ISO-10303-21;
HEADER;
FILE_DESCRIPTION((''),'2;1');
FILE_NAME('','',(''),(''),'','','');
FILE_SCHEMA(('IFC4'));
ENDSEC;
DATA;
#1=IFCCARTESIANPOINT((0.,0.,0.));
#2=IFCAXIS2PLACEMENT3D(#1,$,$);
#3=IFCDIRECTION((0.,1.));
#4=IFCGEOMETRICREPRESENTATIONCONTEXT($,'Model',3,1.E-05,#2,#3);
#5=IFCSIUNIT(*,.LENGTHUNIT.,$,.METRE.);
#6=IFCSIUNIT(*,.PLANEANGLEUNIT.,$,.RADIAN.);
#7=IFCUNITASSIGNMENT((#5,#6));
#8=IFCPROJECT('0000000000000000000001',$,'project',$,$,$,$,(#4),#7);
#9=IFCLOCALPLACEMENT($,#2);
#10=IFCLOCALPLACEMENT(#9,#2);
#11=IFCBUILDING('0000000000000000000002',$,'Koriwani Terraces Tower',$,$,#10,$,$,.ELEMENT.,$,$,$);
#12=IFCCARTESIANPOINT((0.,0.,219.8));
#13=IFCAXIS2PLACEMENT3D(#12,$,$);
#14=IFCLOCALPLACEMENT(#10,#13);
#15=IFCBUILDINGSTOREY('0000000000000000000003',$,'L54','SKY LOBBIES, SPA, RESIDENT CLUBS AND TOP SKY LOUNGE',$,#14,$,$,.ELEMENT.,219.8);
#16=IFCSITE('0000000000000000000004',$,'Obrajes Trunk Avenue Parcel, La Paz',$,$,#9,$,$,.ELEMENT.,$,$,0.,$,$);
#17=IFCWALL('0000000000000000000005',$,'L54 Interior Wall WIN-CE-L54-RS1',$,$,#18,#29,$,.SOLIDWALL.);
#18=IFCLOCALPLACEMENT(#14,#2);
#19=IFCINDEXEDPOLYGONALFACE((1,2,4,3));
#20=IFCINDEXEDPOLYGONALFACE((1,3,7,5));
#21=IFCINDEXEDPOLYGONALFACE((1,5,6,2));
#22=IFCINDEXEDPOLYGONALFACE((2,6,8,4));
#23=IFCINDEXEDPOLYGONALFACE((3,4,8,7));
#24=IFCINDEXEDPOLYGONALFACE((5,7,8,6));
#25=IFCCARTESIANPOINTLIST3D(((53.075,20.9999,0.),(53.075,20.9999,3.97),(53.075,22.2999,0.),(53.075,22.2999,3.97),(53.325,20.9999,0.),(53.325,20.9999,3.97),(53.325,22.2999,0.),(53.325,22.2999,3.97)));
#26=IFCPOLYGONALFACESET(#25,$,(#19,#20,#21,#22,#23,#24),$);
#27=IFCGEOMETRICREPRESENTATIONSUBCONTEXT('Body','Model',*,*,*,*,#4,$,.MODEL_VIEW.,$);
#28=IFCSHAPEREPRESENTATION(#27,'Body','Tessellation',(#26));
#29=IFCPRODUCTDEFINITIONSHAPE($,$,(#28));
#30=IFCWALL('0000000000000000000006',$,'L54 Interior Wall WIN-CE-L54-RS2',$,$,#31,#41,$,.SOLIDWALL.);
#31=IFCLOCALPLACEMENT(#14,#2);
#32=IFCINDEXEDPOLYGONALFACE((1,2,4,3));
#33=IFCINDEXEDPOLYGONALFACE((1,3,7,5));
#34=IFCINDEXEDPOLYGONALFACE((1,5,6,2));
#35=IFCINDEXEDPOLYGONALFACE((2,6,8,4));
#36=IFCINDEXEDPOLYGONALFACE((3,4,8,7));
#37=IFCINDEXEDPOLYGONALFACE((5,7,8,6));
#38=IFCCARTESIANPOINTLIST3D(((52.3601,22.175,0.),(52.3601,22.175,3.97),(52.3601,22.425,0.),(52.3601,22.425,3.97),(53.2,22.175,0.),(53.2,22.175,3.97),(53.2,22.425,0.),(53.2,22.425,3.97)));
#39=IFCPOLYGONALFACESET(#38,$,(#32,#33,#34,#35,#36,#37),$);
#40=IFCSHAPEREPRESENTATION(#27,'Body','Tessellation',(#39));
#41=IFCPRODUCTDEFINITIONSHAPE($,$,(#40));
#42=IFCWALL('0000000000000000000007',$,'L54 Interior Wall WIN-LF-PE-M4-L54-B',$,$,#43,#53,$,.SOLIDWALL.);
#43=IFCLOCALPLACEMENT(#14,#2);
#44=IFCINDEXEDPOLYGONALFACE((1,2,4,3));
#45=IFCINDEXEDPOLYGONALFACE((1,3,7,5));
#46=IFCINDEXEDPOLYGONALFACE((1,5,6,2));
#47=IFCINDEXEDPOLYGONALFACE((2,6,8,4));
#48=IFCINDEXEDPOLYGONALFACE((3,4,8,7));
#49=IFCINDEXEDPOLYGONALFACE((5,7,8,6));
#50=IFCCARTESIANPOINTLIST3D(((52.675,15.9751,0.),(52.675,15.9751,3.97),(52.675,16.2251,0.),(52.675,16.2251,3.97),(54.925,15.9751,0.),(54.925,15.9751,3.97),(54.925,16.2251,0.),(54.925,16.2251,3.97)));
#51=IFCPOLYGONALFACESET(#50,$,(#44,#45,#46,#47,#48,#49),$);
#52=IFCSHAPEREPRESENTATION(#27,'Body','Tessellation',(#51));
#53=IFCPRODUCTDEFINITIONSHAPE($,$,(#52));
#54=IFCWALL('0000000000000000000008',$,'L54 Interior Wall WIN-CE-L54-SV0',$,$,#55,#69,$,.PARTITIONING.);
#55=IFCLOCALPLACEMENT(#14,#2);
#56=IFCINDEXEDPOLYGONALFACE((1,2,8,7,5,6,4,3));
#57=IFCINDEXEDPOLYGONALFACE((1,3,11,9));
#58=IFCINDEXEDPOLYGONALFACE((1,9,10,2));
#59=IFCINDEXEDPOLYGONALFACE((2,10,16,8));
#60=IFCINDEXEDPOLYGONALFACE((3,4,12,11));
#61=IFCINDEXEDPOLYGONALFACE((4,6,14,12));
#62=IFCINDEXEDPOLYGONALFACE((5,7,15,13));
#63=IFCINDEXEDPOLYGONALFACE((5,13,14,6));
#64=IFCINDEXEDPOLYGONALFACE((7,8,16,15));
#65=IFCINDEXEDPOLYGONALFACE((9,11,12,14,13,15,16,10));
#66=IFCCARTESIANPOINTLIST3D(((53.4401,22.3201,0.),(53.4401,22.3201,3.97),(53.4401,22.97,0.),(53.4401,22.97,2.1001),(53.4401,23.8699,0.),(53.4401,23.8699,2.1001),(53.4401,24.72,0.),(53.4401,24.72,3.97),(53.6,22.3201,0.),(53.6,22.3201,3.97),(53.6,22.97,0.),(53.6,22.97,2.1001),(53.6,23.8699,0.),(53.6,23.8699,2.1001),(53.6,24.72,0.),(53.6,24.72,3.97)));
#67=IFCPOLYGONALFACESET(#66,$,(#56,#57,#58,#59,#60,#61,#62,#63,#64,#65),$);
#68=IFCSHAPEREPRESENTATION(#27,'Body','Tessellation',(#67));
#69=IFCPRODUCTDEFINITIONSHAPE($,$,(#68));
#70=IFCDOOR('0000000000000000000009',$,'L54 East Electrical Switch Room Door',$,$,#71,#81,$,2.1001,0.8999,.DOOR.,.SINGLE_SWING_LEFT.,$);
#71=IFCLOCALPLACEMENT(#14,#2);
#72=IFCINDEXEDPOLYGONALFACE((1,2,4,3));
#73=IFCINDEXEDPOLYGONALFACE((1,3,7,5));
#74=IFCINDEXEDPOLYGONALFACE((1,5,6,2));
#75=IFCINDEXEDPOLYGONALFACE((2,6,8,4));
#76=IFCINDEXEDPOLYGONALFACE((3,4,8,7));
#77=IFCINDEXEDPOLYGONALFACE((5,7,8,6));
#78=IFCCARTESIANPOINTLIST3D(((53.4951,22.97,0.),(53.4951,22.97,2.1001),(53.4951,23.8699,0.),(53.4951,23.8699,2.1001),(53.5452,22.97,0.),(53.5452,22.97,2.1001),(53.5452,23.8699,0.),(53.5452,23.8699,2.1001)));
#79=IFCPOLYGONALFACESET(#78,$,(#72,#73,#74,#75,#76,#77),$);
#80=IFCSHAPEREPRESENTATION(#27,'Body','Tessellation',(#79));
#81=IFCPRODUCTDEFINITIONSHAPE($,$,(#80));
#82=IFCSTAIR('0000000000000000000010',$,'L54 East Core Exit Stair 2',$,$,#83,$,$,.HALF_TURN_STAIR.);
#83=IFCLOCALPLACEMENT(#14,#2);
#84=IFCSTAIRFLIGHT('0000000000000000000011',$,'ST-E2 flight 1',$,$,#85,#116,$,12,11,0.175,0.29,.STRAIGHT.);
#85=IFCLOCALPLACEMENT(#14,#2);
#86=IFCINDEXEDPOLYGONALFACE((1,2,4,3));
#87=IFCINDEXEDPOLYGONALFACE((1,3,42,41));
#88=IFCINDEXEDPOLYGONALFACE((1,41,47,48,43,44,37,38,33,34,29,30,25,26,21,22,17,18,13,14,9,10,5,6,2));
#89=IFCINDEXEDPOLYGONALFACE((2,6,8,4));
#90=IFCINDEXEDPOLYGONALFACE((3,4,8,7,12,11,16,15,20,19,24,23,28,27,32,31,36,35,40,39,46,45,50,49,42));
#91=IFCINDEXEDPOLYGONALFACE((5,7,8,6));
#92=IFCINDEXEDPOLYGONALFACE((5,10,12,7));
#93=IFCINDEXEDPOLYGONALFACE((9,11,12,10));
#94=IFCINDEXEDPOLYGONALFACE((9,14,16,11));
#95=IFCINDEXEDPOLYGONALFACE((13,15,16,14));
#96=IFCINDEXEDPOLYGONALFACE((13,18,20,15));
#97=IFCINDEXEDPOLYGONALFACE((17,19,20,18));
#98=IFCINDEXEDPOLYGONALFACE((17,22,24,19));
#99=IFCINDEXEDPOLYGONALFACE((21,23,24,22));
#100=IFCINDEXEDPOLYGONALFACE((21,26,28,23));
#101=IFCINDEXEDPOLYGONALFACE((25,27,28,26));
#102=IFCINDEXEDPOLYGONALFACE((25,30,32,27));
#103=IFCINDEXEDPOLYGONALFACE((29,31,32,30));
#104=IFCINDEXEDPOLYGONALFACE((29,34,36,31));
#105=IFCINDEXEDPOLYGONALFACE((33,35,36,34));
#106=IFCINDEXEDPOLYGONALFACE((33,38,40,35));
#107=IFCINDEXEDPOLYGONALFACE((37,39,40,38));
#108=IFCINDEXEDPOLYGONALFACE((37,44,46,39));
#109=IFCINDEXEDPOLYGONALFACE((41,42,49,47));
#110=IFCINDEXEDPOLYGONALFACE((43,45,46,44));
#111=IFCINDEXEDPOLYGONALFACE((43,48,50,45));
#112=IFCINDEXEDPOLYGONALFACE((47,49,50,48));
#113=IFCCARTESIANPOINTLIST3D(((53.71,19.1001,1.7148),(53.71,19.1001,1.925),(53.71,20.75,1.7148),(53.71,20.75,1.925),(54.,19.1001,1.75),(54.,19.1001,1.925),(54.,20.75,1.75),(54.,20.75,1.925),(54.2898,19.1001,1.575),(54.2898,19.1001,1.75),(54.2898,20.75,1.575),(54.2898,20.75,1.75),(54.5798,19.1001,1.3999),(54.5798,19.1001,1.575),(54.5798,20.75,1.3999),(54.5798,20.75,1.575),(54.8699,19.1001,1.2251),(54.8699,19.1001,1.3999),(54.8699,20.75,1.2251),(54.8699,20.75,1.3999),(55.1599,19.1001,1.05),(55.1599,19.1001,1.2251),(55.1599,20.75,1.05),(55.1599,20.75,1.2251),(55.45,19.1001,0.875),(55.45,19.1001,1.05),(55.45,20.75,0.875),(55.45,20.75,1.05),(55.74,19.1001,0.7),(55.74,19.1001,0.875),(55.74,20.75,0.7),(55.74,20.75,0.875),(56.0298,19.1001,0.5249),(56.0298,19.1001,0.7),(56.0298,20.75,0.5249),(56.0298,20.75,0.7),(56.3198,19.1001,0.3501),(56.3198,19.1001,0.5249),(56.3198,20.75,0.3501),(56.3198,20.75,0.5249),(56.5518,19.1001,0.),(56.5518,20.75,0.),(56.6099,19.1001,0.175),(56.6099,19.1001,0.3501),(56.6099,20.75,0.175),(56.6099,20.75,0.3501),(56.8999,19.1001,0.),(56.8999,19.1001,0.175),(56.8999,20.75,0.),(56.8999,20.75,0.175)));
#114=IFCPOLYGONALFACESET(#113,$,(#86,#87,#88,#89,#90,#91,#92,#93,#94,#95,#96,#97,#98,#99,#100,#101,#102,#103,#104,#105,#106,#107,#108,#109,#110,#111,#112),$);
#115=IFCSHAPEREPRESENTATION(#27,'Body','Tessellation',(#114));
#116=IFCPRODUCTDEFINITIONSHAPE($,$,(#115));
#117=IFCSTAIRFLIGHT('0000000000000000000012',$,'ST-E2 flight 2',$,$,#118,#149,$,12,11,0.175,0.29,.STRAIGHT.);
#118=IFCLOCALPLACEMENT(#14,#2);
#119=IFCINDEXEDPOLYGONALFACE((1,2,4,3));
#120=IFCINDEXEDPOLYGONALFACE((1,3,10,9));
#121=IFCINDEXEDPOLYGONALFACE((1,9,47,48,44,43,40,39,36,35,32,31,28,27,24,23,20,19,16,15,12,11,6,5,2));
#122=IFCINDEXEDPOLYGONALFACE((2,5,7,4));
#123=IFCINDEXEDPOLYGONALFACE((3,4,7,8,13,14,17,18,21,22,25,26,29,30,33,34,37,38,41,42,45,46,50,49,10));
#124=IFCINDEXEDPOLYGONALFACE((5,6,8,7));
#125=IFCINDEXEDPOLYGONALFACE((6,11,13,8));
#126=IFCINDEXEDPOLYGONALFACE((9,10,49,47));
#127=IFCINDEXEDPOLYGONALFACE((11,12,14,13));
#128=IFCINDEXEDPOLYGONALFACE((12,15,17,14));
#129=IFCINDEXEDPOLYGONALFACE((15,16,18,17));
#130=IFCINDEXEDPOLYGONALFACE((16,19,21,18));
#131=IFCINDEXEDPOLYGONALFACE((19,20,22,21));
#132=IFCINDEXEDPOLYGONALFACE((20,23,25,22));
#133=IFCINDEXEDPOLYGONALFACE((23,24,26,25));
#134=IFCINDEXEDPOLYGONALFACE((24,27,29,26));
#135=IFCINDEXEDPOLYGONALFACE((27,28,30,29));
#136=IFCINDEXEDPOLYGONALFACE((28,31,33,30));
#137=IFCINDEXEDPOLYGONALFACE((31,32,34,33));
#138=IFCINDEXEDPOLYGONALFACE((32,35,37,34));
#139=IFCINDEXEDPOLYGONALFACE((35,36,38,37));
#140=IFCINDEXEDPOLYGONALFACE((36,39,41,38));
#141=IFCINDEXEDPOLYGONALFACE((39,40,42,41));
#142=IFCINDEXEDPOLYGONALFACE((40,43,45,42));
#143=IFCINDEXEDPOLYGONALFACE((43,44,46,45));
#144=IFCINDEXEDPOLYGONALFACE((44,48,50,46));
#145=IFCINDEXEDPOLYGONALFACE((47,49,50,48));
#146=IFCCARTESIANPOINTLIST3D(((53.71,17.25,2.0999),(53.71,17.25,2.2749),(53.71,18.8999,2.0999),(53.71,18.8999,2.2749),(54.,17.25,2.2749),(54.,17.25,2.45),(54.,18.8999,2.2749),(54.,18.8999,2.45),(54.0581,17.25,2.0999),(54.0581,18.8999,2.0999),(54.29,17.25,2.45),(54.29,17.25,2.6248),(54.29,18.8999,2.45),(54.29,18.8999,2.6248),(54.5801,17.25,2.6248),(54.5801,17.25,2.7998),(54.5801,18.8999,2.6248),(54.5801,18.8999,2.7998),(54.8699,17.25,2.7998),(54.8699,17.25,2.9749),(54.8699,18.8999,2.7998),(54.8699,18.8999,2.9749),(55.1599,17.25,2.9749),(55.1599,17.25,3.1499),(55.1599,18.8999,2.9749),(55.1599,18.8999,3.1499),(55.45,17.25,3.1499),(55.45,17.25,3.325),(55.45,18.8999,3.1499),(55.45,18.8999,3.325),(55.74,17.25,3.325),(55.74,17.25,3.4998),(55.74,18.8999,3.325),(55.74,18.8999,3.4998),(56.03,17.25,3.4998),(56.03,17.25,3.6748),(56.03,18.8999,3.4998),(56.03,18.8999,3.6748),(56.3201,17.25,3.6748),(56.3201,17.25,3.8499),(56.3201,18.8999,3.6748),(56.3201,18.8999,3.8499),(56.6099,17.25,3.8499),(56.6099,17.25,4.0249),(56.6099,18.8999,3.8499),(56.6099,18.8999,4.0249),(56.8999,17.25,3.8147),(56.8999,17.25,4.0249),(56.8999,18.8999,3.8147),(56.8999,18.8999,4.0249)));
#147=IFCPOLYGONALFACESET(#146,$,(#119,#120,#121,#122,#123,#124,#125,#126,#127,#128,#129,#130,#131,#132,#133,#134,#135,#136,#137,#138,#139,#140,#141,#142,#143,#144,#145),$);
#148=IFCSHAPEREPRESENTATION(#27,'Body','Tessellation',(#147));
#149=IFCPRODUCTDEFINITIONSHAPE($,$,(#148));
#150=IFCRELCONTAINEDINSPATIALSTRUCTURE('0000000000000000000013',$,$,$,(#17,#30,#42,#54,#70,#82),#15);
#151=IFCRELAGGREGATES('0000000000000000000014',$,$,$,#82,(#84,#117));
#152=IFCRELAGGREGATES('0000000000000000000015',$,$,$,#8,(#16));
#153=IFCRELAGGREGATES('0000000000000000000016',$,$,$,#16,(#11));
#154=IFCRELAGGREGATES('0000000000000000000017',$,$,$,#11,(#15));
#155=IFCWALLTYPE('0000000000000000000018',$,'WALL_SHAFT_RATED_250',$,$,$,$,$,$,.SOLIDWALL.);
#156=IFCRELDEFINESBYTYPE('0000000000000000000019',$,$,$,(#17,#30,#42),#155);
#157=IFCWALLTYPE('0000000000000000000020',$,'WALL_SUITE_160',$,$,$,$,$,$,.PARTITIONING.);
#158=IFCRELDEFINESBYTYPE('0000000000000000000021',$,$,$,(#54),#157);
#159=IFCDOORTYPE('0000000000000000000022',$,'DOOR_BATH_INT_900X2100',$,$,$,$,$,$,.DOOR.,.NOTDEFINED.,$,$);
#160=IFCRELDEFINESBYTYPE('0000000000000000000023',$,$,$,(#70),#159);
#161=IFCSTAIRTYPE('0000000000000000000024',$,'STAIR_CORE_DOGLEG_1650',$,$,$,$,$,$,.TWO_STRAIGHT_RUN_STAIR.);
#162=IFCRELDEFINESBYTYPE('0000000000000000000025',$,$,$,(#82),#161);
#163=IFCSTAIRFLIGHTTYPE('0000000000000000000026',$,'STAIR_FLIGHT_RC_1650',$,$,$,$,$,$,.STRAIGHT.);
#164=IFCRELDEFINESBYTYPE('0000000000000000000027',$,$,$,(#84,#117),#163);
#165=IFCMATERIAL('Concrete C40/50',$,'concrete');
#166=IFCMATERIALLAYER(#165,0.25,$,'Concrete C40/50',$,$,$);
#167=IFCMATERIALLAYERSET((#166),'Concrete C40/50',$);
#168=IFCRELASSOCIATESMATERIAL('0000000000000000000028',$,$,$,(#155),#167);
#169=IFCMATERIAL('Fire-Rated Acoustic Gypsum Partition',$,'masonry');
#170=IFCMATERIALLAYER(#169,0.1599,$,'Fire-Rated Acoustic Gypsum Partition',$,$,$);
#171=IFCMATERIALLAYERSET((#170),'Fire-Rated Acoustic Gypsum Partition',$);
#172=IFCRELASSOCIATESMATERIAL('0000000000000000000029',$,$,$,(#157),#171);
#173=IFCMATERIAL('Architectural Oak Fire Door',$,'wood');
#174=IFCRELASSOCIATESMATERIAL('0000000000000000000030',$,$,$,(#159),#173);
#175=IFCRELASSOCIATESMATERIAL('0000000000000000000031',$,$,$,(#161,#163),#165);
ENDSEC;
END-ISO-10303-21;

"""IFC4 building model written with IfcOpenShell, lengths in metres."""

from ifc_helpers import new_model, si_unit, direction, frame, frame_2d, origin, place, context, subcontext, project, spatial, polyline, rectangle, outline, extrude, material, layer, layer_set, type_object, element, fill, aggregate, save


model = new_model("IFC4")

# Units and contexts
model_context = context("Model", 3, precision=1e-05, world=origin(), true_north=direction((0.0, 1.0)))
body_context = subcontext(model_context, "Body", "Model", "MODEL_VIEW")
ifc_project = project(units=[si_unit("LENGTHUNIT", "METRE"), si_unit("PLANEANGLEUNIT", "RADIAN")], contexts=[model_context])

# Site, building, storey
site_placement = place(None, origin())
site = spatial("IfcSite", under=ifc_project, at=site_placement, Name="Obrajes Trunk Avenue Parcel, La Paz", CompositionType="ELEMENT", RefElevation=0.0)
building_placement = place(site_placement, origin())
building = spatial("IfcBuilding", under=site, at=building_placement, Name="Koriwani Terraces Tower", CompositionType="ELEMENT")
storey_placement = place(building_placement, frame((0.0, 0.0, 219.8)))
storey = spatial("IfcBuildingStorey", under=building, at=storey_placement, Name="L54", Description="SKY LOBBIES, SPA, RESIDENT CLUBS AND TOP SKY LOUNGE", CompositionType="ELEMENT", Elevation=219.8)

# Shared definitions
ifc_material_1 = material(Name="Concrete C40/50", Category="concrete")

# Shared definitions
ifc_layer_1 = layer(ifc_material_1, 0.25, Name="Concrete C40/50")
ifc_layer_set_1 = layer_set([ifc_layer_1], Name="Concrete C40/50")
wall_type_1 = type_object("IfcWallType", Name="WALL_SHAFT_RATED_250", PredefinedType="SOLIDWALL", material=ifc_layer_set_1)

# Walls
wall_1_placement = place(storey_placement, frame((53.2, 21.0, 0.0), z_axis=(0.0, 0.0, 1.0), x_axis=(0.0, 1.0, 0.0)))
element("IfcWall", 1, at=wall_1_placement, inside=storey, type_object=wall_type_1, Name="L54 Interior Wall WIN-CE-L54-RS1", PredefinedType="SOLIDWALL", context=body_context, shape_type="SweptSolid", body=[
    extrude(rectangle(XDim=1.3, YDim=0.25, at=frame_2d((0.6499, 0.0))), origin(), (0.0, 0.0, 1.0), 3.97),
])
wall_2_placement = place(storey_placement, frame((52.3601, 22.3, 0.0), z_axis=(0.0, 0.0, 1.0), x_axis=(1.0, 0.0, 0.0)))
element("IfcWall", 2, at=wall_2_placement, inside=storey, type_object=wall_type_1, Name="L54 Interior Wall WIN-CE-L54-RS2", PredefinedType="SOLIDWALL", context=body_context, shape_type="SweptSolid", body=[
    extrude(rectangle(XDim=0.8398, YDim=0.25, at=frame_2d((0.4199, 0.0))), origin(), (0.0, 0.0, 1.0), 3.97),
])
wall_3_placement = place(storey_placement, frame((52.675, 16.1001, 0.0), z_axis=(0.0, 0.0, 1.0), x_axis=(1.0, 0.0, 0.0)))
element("IfcWall", 3, at=wall_3_placement, inside=storey, type_object=wall_type_1, Name="L54 Interior Wall WIN-LF-PE-M4-L54-B", PredefinedType="SOLIDWALL", context=body_context, shape_type="SweptSolid", body=[
    extrude(rectangle(XDim=2.25, YDim=0.25, at=frame_2d((1.125, 0.0))), origin(), (0.0, 0.0, 1.0), 3.97),
])

# Wall, opening, door
ifc_material_2 = material(Name="Fire-Rated Acoustic Gypsum Partition", Category="masonry")
ifc_layer_2 = layer(ifc_material_2, 0.1599, Name="Fire-Rated Acoustic Gypsum Partition")
ifc_layer_set_2 = layer_set([ifc_layer_2], Name="Fire-Rated Acoustic Gypsum Partition")
wall_type_2 = type_object("IfcWallType", Name="WALL_SUITE_160", PredefinedType="PARTITIONING", material=ifc_layer_set_2)
wall_4_placement = place(storey_placement, frame((53.52, 22.3201, 0.0), z_axis=(0.0, 0.0, 1.0), x_axis=(0.0, 1.0, 0.0)))
wall_4 = element("IfcWall", 4, at=wall_4_placement, inside=storey, type_object=wall_type_2, Name="L54 Interior Wall WIN-CE-L54-SV0", PredefinedType="PARTITIONING", context=body_context, shape_type="SweptSolid", body=[
    extrude(rectangle(XDim=2.3999, YDim=0.1599, at=frame_2d((1.2, 0.0))), origin(), (0.0, 0.0, 1.0), 3.97),
])
opening_1_placement = place(wall_4_placement, frame((0.6499, 0.0, 0.0)))
opening_1 = element("IfcOpeningElement", 5, at=opening_1_placement, cuts=wall_4, PredefinedType="OPENING", context=body_context, shape_type="SweptSolid", body=[
    extrude(rectangle(XDim=0.8999, YDim=2.1001, at=frame_2d((0.45, 1.05))), frame((0.0, 0.0898, 0.0), z_axis=(0.0, -1.0, 0.0), x_axis=(1.0, 0.0, 0.0)), (0.0, 0.0, 1.0), 0.1799),
])
ifc_material_3 = material(Name="Architectural Oak Fire Door", Category="wood")
door_type_1 = type_object("IfcDoorType", Name="DOOR_BATH_INT_900X2100", OperationType="NOTDEFINED", PredefinedType="DOOR", material=ifc_material_3)
door_1_placement = place(opening_1_placement, origin())
door_1 = element("IfcDoor", 6, at=door_1_placement, inside=storey, type_object=door_type_1, Name="L54 East Electrical Switch Room Door", OperationType="SINGLE_SWING_LEFT", OverallHeight=2.1001, OverallWidth=0.8999, PredefinedType="DOOR", context=body_context, shape_type="SweptSolid", body=[
    extrude(rectangle(XDim=0.8999, YDim=2.1001, at=frame_2d((0.45, 1.05))), frame((0.0, 0.0249, 0.0), z_axis=(0.0, -1.0, 0.0), x_axis=(1.0, 0.0, 0.0)), (0.0, 0.0, 1.0), 0.05),
])
fill(opening_1, door_1)

# Stair, stair flights
stair_type = type_object("IfcStairType", Name="STAIR_CORE_DOGLEG_1650", PredefinedType="TWO_STRAIGHT_RUN_STAIR", material=ifc_material_1)
stair_placement = place(storey_placement, origin())
stair = element("IfcStair", 7, at=stair_placement, inside=storey, type_object=stair_type, Name="L54 East Core Exit Stair 2", PredefinedType="HALF_TURN_STAIR")
stair_flight_type = type_object("IfcStairFlightType", Name="STAIR_FLIGHT_RC_1650", PredefinedType="STRAIGHT", material=ifc_material_1)
stair_flight_1_placement = place(storey_placement, frame((56.8999, 19.925, 0.0), z_axis=(0.0, 0.0, 1.0), x_axis=(-1.0, 0.0, 0.0)))
stair_flight_1 = element("IfcStairFlight", 8, at=stair_flight_1_placement, type_object=stair_flight_type, Name="ST-E2 flight 1", NumberOfRisers=12, NumberOfTreads=11, PredefinedType="STRAIGHT", RiserHeight=0.175, TreadLength=0.29, context=body_context, shape_type="SweptSolid", body=[
    extrude(outline(polyline([(0.0, 0.0), (0.0, 0.175), (0.29, 0.175), (0.29, 0.3501), (0.5801, 0.3501), (0.5801, 0.5249), (0.8701, 0.5249), (0.8701, 0.7), (1.1599, 0.7), (1.1599, 0.875), (1.45, 0.875), (1.45, 1.05), (1.74, 1.05), (1.74, 1.2251), (2.03, 1.2251), (2.03, 1.3999), (2.3201, 1.3999), (2.3201, 1.575), (2.6101, 1.575), (2.6101, 1.75), (2.8999, 1.75), (2.8999, 1.925), (3.1899, 1.925), (3.1899, 2.1001), (3.1899, 1.7148), (0.3481, 0.0), (0.0, 0.0)])), frame((0.0, 0.825, 0.0), z_axis=(0.0, -1.0, 0.0), x_axis=(1.0, 0.0, 0.0)), (0.0, 0.0, 1.0), 1.6499),
])
stair_flight_2_placement = place(storey_placement, frame((53.71, 18.075, 2.0999), z_axis=(0.0, 0.0, 1.0), x_axis=(1.0, 0.0, 0.0)))
stair_flight_2 = element("IfcStairFlight", 9, at=stair_flight_2_placement, type_object=stair_flight_type, Name="ST-E2 flight 2", NumberOfRisers=12, NumberOfTreads=11, PredefinedType="STRAIGHT", RiserHeight=0.175, TreadLength=0.29, context=body_context, shape_type="SweptSolid", body=[
    extrude(outline(polyline([(0.0, 0.0), (0.0, 0.175), (0.29, 0.175), (0.29, 0.3501), (0.5801, 0.3501), (0.5801, 0.5249), (0.8701, 0.5249), (0.8701, 0.7), (1.1599, 0.7), (1.1599, 0.875), (1.45, 0.875), (1.45, 1.05), (1.74, 1.05), (1.74, 1.2251), (2.03, 1.2251), (2.03, 1.3999), (2.3201, 1.3999), (2.3201, 1.575), (2.6101, 1.575), (2.6101, 1.75), (2.8999, 1.75), (2.8999, 1.925), (3.1899, 1.925), (3.1899, 2.1001), (3.1899, 1.7148), (0.3481, 0.0), (0.0, 0.0)])), frame((0.0, 0.825, 0.0), z_axis=(0.0, -1.0, 0.0), x_axis=(1.0, 0.0, 0.0)), (0.0, 0.0, 1.0), 1.6499),
])
aggregate(stair, [stair_flight_1, stair_flight_2])

save(model, "model.ifc")
